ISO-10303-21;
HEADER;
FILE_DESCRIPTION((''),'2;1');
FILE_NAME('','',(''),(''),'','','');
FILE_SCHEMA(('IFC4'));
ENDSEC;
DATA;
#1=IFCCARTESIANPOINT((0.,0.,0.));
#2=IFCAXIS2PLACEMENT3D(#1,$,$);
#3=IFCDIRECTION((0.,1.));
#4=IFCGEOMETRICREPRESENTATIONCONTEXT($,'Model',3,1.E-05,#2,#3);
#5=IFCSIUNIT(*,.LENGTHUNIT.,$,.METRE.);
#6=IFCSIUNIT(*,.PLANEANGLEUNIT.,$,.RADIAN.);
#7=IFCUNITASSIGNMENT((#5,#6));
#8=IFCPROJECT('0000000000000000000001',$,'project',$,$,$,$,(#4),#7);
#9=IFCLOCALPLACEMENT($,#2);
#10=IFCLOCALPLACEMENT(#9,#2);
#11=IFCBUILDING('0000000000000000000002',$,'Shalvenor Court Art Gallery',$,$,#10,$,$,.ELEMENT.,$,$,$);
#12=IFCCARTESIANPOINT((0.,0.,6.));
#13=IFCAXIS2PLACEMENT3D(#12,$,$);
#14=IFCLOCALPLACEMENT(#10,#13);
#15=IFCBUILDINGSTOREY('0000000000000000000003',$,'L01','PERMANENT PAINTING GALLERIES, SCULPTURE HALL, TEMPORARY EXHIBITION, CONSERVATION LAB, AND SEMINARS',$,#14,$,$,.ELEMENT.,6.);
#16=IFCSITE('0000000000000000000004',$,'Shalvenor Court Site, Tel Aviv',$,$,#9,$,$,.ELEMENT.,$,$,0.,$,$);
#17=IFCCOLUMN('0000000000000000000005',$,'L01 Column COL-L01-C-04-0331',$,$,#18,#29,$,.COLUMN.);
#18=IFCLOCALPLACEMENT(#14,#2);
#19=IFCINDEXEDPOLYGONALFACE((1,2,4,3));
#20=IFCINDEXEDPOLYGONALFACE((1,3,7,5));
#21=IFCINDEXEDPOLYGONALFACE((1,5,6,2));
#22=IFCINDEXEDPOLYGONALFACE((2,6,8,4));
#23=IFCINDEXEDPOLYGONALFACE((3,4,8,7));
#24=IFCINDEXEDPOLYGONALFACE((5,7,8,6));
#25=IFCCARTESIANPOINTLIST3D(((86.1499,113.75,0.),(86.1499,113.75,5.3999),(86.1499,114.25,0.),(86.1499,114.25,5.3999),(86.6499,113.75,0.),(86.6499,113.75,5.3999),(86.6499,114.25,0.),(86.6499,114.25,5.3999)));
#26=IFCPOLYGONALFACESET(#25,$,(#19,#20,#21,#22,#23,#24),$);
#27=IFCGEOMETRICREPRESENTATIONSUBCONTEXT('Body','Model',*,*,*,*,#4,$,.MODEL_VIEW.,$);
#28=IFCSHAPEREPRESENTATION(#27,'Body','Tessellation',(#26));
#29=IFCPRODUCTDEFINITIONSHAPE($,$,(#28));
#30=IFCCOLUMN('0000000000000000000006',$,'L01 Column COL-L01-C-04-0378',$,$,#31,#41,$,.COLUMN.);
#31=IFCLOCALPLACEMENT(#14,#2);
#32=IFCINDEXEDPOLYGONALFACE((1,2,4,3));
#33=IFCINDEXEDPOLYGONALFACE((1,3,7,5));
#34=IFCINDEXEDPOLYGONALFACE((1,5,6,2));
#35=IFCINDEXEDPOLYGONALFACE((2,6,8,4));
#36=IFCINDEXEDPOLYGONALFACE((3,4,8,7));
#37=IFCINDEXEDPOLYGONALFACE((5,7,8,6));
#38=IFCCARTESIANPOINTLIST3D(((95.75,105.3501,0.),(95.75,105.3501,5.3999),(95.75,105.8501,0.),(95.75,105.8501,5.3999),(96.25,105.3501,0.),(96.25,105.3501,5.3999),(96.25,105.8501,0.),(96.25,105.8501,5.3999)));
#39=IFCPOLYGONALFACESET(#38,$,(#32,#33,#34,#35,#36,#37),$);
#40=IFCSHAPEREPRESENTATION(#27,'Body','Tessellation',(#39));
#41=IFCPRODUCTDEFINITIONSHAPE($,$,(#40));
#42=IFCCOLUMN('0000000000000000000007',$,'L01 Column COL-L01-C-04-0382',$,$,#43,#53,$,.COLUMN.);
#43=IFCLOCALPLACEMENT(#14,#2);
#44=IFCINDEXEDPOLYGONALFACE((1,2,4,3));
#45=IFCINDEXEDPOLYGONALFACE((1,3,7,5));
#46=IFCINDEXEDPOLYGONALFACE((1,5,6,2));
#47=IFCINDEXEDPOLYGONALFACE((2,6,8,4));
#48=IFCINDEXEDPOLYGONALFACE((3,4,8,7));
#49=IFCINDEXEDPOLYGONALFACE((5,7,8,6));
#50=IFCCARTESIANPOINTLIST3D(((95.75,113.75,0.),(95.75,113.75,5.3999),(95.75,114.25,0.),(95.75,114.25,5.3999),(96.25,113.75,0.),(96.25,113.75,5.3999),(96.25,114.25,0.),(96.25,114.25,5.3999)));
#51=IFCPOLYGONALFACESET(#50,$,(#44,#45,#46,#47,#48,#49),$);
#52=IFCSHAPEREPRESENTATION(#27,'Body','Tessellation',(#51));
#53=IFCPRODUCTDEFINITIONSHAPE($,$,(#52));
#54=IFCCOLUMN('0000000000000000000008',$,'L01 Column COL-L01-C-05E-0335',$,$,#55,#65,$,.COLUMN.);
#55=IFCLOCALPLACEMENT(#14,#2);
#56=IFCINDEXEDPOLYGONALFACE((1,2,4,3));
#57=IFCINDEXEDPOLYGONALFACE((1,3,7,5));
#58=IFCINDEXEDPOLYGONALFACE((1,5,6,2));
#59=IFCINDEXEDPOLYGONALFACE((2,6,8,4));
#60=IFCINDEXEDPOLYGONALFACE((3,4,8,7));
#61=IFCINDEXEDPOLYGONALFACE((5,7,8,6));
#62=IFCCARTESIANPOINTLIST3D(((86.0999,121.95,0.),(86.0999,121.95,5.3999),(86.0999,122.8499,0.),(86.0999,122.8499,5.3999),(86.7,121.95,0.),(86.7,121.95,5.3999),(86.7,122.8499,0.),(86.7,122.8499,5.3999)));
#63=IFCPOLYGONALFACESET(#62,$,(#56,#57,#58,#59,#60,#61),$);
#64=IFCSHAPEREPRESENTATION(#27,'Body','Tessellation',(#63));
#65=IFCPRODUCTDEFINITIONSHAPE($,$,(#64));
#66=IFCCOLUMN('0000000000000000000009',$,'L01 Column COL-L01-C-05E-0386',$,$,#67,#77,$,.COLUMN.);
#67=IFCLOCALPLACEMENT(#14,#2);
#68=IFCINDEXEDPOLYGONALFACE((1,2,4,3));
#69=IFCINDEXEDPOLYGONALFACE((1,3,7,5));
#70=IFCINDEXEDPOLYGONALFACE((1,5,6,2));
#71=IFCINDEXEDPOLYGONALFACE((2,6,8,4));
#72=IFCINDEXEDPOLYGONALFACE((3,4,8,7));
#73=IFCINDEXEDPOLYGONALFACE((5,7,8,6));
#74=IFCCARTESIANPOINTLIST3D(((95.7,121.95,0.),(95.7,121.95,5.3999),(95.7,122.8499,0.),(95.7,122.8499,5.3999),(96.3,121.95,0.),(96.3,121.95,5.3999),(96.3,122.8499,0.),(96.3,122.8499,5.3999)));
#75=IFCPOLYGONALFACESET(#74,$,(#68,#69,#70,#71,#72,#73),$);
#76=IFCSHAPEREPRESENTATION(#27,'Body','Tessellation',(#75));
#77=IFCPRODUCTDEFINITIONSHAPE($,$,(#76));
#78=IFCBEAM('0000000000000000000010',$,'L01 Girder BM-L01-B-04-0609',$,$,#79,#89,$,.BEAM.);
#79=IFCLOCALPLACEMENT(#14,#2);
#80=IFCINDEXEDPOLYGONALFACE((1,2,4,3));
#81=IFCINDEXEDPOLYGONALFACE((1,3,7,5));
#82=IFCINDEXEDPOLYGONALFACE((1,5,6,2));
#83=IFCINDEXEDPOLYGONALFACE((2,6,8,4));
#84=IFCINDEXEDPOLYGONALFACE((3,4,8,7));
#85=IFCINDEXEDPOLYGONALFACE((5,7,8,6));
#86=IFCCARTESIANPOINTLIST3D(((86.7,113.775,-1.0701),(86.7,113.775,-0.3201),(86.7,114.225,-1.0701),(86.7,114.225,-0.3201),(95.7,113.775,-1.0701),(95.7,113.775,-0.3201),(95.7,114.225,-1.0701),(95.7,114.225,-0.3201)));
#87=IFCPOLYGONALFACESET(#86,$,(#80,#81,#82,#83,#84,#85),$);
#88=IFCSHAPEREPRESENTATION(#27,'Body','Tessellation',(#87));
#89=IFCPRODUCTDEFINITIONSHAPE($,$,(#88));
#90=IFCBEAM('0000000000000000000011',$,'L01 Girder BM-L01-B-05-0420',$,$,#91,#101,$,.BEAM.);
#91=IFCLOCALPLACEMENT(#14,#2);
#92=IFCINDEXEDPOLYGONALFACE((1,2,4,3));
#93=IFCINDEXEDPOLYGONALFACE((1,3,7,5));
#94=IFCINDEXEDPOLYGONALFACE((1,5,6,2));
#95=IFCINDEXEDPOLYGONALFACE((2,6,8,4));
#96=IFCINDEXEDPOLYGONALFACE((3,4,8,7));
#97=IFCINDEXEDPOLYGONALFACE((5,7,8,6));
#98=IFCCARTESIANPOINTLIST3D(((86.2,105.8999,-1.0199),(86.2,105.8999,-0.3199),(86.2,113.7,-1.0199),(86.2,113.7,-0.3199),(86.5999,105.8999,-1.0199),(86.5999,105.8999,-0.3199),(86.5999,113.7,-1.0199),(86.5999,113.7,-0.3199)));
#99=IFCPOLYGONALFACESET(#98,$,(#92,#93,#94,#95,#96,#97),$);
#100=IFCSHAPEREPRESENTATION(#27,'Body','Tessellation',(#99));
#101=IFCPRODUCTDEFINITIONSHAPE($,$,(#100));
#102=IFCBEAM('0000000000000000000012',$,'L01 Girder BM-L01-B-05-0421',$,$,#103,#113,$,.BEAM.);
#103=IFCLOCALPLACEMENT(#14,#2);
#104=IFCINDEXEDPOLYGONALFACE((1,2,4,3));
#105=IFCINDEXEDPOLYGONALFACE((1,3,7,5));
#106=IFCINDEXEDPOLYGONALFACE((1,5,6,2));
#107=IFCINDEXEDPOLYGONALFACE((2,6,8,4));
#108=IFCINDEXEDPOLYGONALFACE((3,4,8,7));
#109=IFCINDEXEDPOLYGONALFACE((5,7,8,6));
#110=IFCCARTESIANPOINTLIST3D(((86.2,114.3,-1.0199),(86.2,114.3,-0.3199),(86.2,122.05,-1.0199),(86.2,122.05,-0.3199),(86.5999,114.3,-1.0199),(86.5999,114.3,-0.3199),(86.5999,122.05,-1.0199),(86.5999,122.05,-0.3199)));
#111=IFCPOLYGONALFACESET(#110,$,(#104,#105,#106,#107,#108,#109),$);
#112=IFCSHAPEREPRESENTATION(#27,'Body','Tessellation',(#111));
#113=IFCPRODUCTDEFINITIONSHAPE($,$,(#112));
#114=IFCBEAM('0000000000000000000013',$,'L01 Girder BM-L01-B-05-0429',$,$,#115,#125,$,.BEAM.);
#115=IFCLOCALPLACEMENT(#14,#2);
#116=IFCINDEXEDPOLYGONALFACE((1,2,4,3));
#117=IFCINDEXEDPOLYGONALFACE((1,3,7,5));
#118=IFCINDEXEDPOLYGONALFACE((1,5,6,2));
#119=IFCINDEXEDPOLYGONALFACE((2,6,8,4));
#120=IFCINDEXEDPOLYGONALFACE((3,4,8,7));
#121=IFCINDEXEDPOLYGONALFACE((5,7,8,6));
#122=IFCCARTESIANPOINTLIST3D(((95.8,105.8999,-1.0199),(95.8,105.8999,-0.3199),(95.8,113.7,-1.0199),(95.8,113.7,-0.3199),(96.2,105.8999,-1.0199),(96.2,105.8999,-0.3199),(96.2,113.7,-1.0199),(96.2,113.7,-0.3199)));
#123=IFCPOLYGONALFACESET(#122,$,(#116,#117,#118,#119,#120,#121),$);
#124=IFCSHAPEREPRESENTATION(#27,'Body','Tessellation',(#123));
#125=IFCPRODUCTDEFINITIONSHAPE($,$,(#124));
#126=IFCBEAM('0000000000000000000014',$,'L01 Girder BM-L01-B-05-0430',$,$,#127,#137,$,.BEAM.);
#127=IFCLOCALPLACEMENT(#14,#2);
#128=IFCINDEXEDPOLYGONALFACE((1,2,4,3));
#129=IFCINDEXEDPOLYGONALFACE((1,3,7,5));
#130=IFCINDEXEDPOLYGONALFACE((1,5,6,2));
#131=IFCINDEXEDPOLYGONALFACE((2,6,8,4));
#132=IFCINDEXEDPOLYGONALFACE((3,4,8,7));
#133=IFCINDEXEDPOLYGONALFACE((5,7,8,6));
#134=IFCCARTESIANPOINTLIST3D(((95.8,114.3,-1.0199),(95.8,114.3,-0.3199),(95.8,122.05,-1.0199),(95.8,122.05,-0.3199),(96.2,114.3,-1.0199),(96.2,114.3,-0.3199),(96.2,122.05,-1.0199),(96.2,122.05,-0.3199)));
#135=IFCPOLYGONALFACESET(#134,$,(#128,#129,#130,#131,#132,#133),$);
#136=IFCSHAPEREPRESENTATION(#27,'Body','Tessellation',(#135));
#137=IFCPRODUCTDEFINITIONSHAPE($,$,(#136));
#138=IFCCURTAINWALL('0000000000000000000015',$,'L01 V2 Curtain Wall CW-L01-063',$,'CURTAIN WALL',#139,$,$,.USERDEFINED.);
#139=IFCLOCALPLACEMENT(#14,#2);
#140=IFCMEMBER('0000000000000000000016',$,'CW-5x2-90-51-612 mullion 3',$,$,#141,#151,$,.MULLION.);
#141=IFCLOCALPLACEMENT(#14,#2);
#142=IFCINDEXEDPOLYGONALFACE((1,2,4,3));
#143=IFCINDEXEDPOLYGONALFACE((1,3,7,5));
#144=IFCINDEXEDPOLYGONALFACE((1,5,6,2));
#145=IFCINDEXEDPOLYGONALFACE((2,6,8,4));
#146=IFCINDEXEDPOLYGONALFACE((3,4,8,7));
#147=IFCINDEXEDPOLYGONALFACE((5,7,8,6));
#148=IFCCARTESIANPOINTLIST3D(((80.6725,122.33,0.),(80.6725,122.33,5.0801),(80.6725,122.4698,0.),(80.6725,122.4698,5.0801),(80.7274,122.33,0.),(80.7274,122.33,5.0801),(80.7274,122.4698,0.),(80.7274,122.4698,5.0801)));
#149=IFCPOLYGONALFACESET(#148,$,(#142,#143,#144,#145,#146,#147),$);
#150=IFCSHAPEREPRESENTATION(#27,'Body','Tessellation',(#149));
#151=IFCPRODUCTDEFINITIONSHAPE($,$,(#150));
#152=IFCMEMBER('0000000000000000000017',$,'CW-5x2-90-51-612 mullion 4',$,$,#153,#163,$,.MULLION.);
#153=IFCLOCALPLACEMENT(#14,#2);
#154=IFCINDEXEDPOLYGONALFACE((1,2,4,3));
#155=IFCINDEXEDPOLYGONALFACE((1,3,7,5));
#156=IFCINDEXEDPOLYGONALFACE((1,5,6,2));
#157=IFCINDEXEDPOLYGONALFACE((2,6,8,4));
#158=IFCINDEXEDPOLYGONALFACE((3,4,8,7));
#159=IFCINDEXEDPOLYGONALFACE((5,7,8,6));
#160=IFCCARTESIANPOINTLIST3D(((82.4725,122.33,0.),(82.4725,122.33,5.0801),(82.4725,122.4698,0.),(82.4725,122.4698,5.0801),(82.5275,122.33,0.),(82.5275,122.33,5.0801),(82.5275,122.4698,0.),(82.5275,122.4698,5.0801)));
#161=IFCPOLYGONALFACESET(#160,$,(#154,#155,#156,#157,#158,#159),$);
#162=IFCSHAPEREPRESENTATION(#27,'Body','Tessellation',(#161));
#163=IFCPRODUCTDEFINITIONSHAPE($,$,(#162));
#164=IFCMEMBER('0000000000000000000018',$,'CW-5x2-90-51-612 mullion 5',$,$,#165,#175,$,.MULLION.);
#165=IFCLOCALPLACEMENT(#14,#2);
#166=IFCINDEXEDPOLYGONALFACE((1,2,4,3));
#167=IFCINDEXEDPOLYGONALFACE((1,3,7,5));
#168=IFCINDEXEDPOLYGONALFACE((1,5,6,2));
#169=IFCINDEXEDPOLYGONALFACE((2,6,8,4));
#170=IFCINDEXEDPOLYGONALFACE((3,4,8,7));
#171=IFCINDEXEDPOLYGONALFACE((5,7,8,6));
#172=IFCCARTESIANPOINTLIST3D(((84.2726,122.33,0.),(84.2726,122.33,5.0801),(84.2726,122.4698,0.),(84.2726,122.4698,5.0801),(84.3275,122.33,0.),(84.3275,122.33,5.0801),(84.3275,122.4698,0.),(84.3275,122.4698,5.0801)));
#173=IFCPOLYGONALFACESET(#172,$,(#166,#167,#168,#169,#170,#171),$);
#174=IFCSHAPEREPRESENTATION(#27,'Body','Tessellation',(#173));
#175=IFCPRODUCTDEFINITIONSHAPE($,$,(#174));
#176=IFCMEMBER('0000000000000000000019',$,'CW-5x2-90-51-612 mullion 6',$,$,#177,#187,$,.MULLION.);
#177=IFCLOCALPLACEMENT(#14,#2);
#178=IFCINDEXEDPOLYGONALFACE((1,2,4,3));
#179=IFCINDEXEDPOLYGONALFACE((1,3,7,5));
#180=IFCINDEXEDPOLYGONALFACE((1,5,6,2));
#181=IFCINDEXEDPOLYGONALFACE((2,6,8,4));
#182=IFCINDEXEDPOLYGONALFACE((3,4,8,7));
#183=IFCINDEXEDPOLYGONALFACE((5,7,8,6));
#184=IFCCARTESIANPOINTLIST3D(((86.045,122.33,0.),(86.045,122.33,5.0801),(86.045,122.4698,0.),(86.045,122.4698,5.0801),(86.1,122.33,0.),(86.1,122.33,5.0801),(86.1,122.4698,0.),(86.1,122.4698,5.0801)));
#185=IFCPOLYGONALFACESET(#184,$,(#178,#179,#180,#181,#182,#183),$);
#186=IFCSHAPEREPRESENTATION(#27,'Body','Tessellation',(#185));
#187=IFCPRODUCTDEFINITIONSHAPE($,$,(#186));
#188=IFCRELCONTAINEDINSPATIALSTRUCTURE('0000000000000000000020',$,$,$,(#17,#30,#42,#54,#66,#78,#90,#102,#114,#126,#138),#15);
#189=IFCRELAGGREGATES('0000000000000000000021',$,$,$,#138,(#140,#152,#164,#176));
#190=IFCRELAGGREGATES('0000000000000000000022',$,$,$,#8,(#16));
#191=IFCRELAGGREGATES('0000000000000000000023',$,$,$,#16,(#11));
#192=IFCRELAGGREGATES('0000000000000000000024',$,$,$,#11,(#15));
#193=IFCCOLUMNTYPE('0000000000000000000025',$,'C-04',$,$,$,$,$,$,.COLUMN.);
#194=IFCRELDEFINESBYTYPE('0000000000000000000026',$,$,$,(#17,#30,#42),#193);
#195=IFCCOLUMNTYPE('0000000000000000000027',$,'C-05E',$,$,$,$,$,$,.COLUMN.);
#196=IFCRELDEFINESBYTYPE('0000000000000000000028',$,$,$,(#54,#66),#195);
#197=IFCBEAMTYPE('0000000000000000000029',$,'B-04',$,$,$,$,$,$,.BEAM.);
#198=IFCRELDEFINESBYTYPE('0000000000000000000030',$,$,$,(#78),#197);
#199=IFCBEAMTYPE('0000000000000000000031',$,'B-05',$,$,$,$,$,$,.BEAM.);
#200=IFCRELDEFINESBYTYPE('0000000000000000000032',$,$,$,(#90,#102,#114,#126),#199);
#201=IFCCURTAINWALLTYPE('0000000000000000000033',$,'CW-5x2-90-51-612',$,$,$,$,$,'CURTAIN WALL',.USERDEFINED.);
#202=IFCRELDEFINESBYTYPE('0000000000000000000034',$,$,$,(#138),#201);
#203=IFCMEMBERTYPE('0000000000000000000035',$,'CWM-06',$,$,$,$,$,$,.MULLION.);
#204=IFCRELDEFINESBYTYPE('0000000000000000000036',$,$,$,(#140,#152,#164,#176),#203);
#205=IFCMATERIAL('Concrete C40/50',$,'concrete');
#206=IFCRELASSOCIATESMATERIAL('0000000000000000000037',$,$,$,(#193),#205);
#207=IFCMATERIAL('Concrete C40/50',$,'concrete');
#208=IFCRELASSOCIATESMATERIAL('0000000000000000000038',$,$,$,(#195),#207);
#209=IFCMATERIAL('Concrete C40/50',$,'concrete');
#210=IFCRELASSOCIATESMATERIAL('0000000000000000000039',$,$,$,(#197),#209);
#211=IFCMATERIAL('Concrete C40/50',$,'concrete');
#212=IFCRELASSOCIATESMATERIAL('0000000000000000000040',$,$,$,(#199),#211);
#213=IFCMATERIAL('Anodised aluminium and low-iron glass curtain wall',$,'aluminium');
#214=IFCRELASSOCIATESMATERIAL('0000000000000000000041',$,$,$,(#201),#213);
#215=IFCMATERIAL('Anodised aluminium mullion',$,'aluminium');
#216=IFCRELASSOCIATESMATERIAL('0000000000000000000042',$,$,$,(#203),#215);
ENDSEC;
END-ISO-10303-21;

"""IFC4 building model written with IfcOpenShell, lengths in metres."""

from ifc_helpers import new_model, si_unit, direction, frame, origin, origin_2d, place, context, subcontext, project, spatial, rectangle, extrude, material, material_profile, profile_set, type_object, element, aggregate, save


model = new_model("IFC4")

# Units and contexts
model_context = context("Model", 3, precision=1e-05, world=origin(), true_north=direction((0.0, 1.0)))
body_context = subcontext(model_context, "Body", "Model", "MODEL_VIEW")
ifc_project = project(units=[si_unit("LENGTHUNIT", "METRE"), si_unit("PLANEANGLEUNIT", "RADIAN")], contexts=[model_context])

# Site, building, storey
site_placement = place(None, origin())
site = spatial("IfcSite", under=ifc_project, at=site_placement, Name="Shalvenor Court Site, Tel Aviv", CompositionType="ELEMENT", RefElevation=0.0)
building_placement = place(site_placement, origin())
building = spatial("IfcBuilding", under=site, at=building_placement, Name="Shalvenor Court Art Gallery", CompositionType="ELEMENT")
storey_placement = place(building_placement, frame((0.0, 0.0, 6.0)))
storey = spatial("IfcBuildingStorey", under=building, at=storey_placement, Name="L01", Description="PERMANENT PAINTING GALLERIES, SCULPTURE HALL, TEMPORARY EXHIBITION, CONSERVATION LAB, AND SEMINARS", CompositionType="ELEMENT", Elevation=6.0)

# Columns
ifc_material_1 = material(Name="Concrete C40/50", Category="concrete")
ifc_material_profile_1 = material_profile(ifc_material_1, rectangle(XDim=0.5, YDim=0.5, at=origin_2d()), Name="RC 500x500")
ifc_profile_set_1 = profile_set([ifc_material_profile_1], Name="Concrete C40/50")
column_type_1 = type_object("IfcColumnType", Name="C-04", PredefinedType="COLUMN", material=ifc_profile_set_1)
for number, where, z_axis, x_axis, name in (
    (1, (86.3999, 114.0, 0.0), (0.0, 0.0, 1.0), (1.0, 0.0, 0.0), "L01 Column COL-L01-C-04-0331"),
    (2, (96.0, 105.6001, 0.0), (0.0, 0.0, 1.0), (1.0, 0.0, 0.0), "L01 Column COL-L01-C-04-0378"),
    (3, (96.0, 114.0, 0.0), (0.0, 0.0, 1.0), (1.0, 0.0, 0.0), "L01 Column COL-L01-C-04-0382"),
):
    element("IfcColumn", number, at=place(storey_placement, frame(where, z_axis=z_axis, x_axis=x_axis)), inside=storey, type_object=column_type_1, Name=name, PredefinedType="COLUMN", context=body_context, shape_type="SweptSolid", body=[
        extrude(rectangle(XDim=0.5, YDim=0.5, at=origin_2d()), origin(), (0.0, 0.0, 1.0), 5.3999),
    ])
ifc_material_2 = material(Name="Concrete C40/50", Category="concrete")
ifc_material_profile_2 = material_profile(ifc_material_2, rectangle(XDim=0.6001, YDim=0.8999, at=origin_2d()), Name="RC 600x900")
ifc_profile_set_2 = profile_set([ifc_material_profile_2], Name="Concrete C40/50")
column_type_2 = type_object("IfcColumnType", Name="C-05E", PredefinedType="COLUMN", material=ifc_profile_set_2)
for number, where, z_axis, x_axis, name in (
    (4, (86.3999, 122.3999, 0.0), (0.0, 0.0, 1.0), (1.0, 0.0, 0.0), "L01 Column COL-L01-C-05E-0335"),
    (5, (96.0, 122.3999, 0.0), (0.0, 0.0, 1.0), (1.0, 0.0, 0.0), "L01 Column COL-L01-C-05E-0386"),
):
    element("IfcColumn", number, at=place(storey_placement, frame(where, z_axis=z_axis, x_axis=x_axis)), inside=storey, type_object=column_type_2, Name=name, PredefinedType="COLUMN", context=body_context, shape_type="SweptSolid", body=[
        extrude(rectangle(XDim=0.6001, YDim=0.8999, at=origin_2d()), origin(), (0.0, 0.0, 1.0), 5.3999),
    ])

# Beams
ifc_material_3 = material(Name="Concrete C40/50", Category="concrete")
ifc_material_profile_3 = material_profile(ifc_material_3, rectangle(XDim=0.45, YDim=0.75, at=origin_2d()), Name="RC 450x750")
ifc_profile_set_3 = profile_set([ifc_material_profile_3], Name="Concrete C40/50")
beam_type_1 = type_object("IfcBeamType", Name="B-04", PredefinedType="BEAM", material=ifc_profile_set_3)
beam_1_placement = place(storey_placement, frame((86.7, 114.0, -0.6951), z_axis=(1.0, 0.0, 0.0), x_axis=(0.0, 1.0, 0.0)))
element("IfcBeam", 6, at=beam_1_placement, inside=storey, type_object=beam_type_1, Name="L01 Girder BM-L01-B-04-0609", PredefinedType="BEAM", context=body_context, shape_type="SweptSolid", body=[
    extrude(rectangle(XDim=0.45, YDim=0.75, at=origin_2d()), origin(), (0.0, 0.0, 1.0), 9.0),
])
ifc_material_4 = material(Name="Concrete C40/50", Category="concrete")
ifc_material_profile_4 = material_profile(ifc_material_4, rectangle(XDim=0.3999, YDim=0.7, at=origin_2d()), Name="RC 400x700")
ifc_profile_set_4 = profile_set([ifc_material_profile_4], Name="Concrete C40/50")
beam_type_2 = type_object("IfcBeamType", Name="B-05", PredefinedType="BEAM", material=ifc_profile_set_4)
beam_2_placement = place(storey_placement, frame((86.3999, 105.8999, -0.6699), z_axis=(0.0, 1.0, 0.0), x_axis=(-1.0, 0.0, 0.0)))
element("IfcBeam", 7, at=beam_2_placement, inside=storey, type_object=beam_type_2, Name="L01 Girder BM-L01-B-05-0420", PredefinedType="BEAM", context=body_context, shape_type="SweptSolid", body=[
    extrude(rectangle(XDim=0.3999, YDim=0.7, at=origin_2d()), origin(), (0.0, 0.0, 1.0), 7.8),
])
beam_3_placement = place(storey_placement, frame((86.3999, 114.3, -0.6699), z_axis=(0.0, 1.0, 0.0), x_axis=(-1.0, 0.0, 0.0)))
element("IfcBeam", 8, at=beam_3_placement, inside=storey, type_object=beam_type_2, Name="L01 Girder BM-L01-B-05-0421", PredefinedType="BEAM", context=body_context, shape_type="SweptSolid", body=[
    extrude(rectangle(XDim=0.3999, YDim=0.7, at=origin_2d()), origin(), (0.0, 0.0, 1.0), 7.75),
])
beam_4_placement = place(storey_placement, frame((96.0, 105.8999, -0.6699), z_axis=(0.0, 1.0, 0.0), x_axis=(-1.0, 0.0, 0.0)))
element("IfcBeam", 9, at=beam_4_placement, inside=storey, type_object=beam_type_2, Name="L01 Girder BM-L01-B-05-0429", PredefinedType="BEAM", context=body_context, shape_type="SweptSolid", body=[
    extrude(rectangle(XDim=0.3999, YDim=0.7, at=origin_2d()), origin(), (0.0, 0.0, 1.0), 7.8),
])
beam_5_placement = place(storey_placement, frame((96.0, 114.3, -0.6699), z_axis=(0.0, 1.0, 0.0), x_axis=(-1.0, 0.0, 0.0)))
element("IfcBeam", 10, at=beam_5_placement, inside=storey, type_object=beam_type_2, Name="L01 Girder BM-L01-B-05-0430", PredefinedType="BEAM", context=body_context, shape_type="SweptSolid", body=[
    extrude(rectangle(XDim=0.3999, YDim=0.7, at=origin_2d()), origin(), (0.0, 0.0, 1.0), 7.75),
])

# Curtain wall, members
ifc_material_5 = material(Name="Anodised aluminium and low-iron glass curtain wall", Category="aluminium")
curtain_wall_type = type_object("IfcCurtainWallType", Name="CW-5x2-90-51-612", ElementType="CURTAIN WALL", PredefinedType="USERDEFINED", material=ifc_material_5)
curtain_wall_placement = place(storey_placement, origin())
curtain_wall = element("IfcCurtainWall", 11, at=curtain_wall_placement, inside=storey, type_object=curtain_wall_type, Name="L01 V2 Curtain Wall CW-L01-063", ObjectType="CURTAIN WALL", PredefinedType="USERDEFINED")
ifc_material_6 = material(Name="Anodised aluminium mullion", Category="aluminium")
ifc_material_profile_5 = material_profile(ifc_material_6, rectangle(XDim=0.0549, YDim=0.1399, at=origin_2d()), Name="CWM-06")
ifc_profile_set_5 = profile_set([ifc_material_profile_5], Name="Anodised aluminium mullion")
member_type = type_object("IfcMemberType", Name="CWM-06", PredefinedType="MULLION", material=ifc_profile_set_5)
member_1_placement = place(storey_placement, frame((80.7, 122.3999, 0.0), z_axis=(0.0, 0.0, 1.0), x_axis=(1.0, 0.0, 0.0)))
member_1 = element("IfcMember", 12, at=member_1_placement, type_object=member_type, Name="CW-5x2-90-51-612 mullion 3", PredefinedType="MULLION", context=body_context, shape_type="SweptSolid", body=[
    extrude(rectangle(XDim=0.0549, YDim=0.1399, at=origin_2d()), origin(), (0.0, 0.0, 1.0), 5.0801),
])
member_2_placement = place(storey_placement, frame((82.5, 122.3999, 0.0), z_axis=(0.0, 0.0, 1.0), x_axis=(1.0, 0.0, 0.0)))
member_2 = element("IfcMember", 13, at=member_2_placement, type_object=member_type, Name="CW-5x2-90-51-612 mullion 4", PredefinedType="MULLION", context=body_context, shape_type="SweptSolid", body=[
    extrude(rectangle(XDim=0.0549, YDim=0.1399, at=origin_2d()), origin(), (0.0, 0.0, 1.0), 5.0801),
])
member_3_placement = place(storey_placement, frame((84.3, 122.3999, 0.0), z_axis=(0.0, 0.0, 1.0), x_axis=(1.0, 0.0, 0.0)))
member_3 = element("IfcMember", 14, at=member_3_placement, type_object=member_type, Name="CW-5x2-90-51-612 mullion 5", PredefinedType="MULLION", context=body_context, shape_type="SweptSolid", body=[
    extrude(rectangle(XDim=0.0549, YDim=0.1399, at=origin_2d()), origin(), (0.0, 0.0, 1.0), 5.0801),
])
member_4_placement = place(storey_placement, frame((86.0725, 122.3999, 0.0), z_axis=(0.0, 0.0, 1.0), x_axis=(1.0, 0.0, 0.0)))
member_4 = element("IfcMember", 15, at=member_4_placement, type_object=member_type, Name="CW-5x2-90-51-612 mullion 6", PredefinedType="MULLION", context=body_context, shape_type="SweptSolid", body=[
    extrude(rectangle(XDim=0.0549, YDim=0.1399, at=origin_2d()), origin(), (0.0, 0.0, 1.0), 5.0801),
])

aggregate(curtain_wall, [member_1, member_2, member_3, member_4])

save(model, "model.ifc")
